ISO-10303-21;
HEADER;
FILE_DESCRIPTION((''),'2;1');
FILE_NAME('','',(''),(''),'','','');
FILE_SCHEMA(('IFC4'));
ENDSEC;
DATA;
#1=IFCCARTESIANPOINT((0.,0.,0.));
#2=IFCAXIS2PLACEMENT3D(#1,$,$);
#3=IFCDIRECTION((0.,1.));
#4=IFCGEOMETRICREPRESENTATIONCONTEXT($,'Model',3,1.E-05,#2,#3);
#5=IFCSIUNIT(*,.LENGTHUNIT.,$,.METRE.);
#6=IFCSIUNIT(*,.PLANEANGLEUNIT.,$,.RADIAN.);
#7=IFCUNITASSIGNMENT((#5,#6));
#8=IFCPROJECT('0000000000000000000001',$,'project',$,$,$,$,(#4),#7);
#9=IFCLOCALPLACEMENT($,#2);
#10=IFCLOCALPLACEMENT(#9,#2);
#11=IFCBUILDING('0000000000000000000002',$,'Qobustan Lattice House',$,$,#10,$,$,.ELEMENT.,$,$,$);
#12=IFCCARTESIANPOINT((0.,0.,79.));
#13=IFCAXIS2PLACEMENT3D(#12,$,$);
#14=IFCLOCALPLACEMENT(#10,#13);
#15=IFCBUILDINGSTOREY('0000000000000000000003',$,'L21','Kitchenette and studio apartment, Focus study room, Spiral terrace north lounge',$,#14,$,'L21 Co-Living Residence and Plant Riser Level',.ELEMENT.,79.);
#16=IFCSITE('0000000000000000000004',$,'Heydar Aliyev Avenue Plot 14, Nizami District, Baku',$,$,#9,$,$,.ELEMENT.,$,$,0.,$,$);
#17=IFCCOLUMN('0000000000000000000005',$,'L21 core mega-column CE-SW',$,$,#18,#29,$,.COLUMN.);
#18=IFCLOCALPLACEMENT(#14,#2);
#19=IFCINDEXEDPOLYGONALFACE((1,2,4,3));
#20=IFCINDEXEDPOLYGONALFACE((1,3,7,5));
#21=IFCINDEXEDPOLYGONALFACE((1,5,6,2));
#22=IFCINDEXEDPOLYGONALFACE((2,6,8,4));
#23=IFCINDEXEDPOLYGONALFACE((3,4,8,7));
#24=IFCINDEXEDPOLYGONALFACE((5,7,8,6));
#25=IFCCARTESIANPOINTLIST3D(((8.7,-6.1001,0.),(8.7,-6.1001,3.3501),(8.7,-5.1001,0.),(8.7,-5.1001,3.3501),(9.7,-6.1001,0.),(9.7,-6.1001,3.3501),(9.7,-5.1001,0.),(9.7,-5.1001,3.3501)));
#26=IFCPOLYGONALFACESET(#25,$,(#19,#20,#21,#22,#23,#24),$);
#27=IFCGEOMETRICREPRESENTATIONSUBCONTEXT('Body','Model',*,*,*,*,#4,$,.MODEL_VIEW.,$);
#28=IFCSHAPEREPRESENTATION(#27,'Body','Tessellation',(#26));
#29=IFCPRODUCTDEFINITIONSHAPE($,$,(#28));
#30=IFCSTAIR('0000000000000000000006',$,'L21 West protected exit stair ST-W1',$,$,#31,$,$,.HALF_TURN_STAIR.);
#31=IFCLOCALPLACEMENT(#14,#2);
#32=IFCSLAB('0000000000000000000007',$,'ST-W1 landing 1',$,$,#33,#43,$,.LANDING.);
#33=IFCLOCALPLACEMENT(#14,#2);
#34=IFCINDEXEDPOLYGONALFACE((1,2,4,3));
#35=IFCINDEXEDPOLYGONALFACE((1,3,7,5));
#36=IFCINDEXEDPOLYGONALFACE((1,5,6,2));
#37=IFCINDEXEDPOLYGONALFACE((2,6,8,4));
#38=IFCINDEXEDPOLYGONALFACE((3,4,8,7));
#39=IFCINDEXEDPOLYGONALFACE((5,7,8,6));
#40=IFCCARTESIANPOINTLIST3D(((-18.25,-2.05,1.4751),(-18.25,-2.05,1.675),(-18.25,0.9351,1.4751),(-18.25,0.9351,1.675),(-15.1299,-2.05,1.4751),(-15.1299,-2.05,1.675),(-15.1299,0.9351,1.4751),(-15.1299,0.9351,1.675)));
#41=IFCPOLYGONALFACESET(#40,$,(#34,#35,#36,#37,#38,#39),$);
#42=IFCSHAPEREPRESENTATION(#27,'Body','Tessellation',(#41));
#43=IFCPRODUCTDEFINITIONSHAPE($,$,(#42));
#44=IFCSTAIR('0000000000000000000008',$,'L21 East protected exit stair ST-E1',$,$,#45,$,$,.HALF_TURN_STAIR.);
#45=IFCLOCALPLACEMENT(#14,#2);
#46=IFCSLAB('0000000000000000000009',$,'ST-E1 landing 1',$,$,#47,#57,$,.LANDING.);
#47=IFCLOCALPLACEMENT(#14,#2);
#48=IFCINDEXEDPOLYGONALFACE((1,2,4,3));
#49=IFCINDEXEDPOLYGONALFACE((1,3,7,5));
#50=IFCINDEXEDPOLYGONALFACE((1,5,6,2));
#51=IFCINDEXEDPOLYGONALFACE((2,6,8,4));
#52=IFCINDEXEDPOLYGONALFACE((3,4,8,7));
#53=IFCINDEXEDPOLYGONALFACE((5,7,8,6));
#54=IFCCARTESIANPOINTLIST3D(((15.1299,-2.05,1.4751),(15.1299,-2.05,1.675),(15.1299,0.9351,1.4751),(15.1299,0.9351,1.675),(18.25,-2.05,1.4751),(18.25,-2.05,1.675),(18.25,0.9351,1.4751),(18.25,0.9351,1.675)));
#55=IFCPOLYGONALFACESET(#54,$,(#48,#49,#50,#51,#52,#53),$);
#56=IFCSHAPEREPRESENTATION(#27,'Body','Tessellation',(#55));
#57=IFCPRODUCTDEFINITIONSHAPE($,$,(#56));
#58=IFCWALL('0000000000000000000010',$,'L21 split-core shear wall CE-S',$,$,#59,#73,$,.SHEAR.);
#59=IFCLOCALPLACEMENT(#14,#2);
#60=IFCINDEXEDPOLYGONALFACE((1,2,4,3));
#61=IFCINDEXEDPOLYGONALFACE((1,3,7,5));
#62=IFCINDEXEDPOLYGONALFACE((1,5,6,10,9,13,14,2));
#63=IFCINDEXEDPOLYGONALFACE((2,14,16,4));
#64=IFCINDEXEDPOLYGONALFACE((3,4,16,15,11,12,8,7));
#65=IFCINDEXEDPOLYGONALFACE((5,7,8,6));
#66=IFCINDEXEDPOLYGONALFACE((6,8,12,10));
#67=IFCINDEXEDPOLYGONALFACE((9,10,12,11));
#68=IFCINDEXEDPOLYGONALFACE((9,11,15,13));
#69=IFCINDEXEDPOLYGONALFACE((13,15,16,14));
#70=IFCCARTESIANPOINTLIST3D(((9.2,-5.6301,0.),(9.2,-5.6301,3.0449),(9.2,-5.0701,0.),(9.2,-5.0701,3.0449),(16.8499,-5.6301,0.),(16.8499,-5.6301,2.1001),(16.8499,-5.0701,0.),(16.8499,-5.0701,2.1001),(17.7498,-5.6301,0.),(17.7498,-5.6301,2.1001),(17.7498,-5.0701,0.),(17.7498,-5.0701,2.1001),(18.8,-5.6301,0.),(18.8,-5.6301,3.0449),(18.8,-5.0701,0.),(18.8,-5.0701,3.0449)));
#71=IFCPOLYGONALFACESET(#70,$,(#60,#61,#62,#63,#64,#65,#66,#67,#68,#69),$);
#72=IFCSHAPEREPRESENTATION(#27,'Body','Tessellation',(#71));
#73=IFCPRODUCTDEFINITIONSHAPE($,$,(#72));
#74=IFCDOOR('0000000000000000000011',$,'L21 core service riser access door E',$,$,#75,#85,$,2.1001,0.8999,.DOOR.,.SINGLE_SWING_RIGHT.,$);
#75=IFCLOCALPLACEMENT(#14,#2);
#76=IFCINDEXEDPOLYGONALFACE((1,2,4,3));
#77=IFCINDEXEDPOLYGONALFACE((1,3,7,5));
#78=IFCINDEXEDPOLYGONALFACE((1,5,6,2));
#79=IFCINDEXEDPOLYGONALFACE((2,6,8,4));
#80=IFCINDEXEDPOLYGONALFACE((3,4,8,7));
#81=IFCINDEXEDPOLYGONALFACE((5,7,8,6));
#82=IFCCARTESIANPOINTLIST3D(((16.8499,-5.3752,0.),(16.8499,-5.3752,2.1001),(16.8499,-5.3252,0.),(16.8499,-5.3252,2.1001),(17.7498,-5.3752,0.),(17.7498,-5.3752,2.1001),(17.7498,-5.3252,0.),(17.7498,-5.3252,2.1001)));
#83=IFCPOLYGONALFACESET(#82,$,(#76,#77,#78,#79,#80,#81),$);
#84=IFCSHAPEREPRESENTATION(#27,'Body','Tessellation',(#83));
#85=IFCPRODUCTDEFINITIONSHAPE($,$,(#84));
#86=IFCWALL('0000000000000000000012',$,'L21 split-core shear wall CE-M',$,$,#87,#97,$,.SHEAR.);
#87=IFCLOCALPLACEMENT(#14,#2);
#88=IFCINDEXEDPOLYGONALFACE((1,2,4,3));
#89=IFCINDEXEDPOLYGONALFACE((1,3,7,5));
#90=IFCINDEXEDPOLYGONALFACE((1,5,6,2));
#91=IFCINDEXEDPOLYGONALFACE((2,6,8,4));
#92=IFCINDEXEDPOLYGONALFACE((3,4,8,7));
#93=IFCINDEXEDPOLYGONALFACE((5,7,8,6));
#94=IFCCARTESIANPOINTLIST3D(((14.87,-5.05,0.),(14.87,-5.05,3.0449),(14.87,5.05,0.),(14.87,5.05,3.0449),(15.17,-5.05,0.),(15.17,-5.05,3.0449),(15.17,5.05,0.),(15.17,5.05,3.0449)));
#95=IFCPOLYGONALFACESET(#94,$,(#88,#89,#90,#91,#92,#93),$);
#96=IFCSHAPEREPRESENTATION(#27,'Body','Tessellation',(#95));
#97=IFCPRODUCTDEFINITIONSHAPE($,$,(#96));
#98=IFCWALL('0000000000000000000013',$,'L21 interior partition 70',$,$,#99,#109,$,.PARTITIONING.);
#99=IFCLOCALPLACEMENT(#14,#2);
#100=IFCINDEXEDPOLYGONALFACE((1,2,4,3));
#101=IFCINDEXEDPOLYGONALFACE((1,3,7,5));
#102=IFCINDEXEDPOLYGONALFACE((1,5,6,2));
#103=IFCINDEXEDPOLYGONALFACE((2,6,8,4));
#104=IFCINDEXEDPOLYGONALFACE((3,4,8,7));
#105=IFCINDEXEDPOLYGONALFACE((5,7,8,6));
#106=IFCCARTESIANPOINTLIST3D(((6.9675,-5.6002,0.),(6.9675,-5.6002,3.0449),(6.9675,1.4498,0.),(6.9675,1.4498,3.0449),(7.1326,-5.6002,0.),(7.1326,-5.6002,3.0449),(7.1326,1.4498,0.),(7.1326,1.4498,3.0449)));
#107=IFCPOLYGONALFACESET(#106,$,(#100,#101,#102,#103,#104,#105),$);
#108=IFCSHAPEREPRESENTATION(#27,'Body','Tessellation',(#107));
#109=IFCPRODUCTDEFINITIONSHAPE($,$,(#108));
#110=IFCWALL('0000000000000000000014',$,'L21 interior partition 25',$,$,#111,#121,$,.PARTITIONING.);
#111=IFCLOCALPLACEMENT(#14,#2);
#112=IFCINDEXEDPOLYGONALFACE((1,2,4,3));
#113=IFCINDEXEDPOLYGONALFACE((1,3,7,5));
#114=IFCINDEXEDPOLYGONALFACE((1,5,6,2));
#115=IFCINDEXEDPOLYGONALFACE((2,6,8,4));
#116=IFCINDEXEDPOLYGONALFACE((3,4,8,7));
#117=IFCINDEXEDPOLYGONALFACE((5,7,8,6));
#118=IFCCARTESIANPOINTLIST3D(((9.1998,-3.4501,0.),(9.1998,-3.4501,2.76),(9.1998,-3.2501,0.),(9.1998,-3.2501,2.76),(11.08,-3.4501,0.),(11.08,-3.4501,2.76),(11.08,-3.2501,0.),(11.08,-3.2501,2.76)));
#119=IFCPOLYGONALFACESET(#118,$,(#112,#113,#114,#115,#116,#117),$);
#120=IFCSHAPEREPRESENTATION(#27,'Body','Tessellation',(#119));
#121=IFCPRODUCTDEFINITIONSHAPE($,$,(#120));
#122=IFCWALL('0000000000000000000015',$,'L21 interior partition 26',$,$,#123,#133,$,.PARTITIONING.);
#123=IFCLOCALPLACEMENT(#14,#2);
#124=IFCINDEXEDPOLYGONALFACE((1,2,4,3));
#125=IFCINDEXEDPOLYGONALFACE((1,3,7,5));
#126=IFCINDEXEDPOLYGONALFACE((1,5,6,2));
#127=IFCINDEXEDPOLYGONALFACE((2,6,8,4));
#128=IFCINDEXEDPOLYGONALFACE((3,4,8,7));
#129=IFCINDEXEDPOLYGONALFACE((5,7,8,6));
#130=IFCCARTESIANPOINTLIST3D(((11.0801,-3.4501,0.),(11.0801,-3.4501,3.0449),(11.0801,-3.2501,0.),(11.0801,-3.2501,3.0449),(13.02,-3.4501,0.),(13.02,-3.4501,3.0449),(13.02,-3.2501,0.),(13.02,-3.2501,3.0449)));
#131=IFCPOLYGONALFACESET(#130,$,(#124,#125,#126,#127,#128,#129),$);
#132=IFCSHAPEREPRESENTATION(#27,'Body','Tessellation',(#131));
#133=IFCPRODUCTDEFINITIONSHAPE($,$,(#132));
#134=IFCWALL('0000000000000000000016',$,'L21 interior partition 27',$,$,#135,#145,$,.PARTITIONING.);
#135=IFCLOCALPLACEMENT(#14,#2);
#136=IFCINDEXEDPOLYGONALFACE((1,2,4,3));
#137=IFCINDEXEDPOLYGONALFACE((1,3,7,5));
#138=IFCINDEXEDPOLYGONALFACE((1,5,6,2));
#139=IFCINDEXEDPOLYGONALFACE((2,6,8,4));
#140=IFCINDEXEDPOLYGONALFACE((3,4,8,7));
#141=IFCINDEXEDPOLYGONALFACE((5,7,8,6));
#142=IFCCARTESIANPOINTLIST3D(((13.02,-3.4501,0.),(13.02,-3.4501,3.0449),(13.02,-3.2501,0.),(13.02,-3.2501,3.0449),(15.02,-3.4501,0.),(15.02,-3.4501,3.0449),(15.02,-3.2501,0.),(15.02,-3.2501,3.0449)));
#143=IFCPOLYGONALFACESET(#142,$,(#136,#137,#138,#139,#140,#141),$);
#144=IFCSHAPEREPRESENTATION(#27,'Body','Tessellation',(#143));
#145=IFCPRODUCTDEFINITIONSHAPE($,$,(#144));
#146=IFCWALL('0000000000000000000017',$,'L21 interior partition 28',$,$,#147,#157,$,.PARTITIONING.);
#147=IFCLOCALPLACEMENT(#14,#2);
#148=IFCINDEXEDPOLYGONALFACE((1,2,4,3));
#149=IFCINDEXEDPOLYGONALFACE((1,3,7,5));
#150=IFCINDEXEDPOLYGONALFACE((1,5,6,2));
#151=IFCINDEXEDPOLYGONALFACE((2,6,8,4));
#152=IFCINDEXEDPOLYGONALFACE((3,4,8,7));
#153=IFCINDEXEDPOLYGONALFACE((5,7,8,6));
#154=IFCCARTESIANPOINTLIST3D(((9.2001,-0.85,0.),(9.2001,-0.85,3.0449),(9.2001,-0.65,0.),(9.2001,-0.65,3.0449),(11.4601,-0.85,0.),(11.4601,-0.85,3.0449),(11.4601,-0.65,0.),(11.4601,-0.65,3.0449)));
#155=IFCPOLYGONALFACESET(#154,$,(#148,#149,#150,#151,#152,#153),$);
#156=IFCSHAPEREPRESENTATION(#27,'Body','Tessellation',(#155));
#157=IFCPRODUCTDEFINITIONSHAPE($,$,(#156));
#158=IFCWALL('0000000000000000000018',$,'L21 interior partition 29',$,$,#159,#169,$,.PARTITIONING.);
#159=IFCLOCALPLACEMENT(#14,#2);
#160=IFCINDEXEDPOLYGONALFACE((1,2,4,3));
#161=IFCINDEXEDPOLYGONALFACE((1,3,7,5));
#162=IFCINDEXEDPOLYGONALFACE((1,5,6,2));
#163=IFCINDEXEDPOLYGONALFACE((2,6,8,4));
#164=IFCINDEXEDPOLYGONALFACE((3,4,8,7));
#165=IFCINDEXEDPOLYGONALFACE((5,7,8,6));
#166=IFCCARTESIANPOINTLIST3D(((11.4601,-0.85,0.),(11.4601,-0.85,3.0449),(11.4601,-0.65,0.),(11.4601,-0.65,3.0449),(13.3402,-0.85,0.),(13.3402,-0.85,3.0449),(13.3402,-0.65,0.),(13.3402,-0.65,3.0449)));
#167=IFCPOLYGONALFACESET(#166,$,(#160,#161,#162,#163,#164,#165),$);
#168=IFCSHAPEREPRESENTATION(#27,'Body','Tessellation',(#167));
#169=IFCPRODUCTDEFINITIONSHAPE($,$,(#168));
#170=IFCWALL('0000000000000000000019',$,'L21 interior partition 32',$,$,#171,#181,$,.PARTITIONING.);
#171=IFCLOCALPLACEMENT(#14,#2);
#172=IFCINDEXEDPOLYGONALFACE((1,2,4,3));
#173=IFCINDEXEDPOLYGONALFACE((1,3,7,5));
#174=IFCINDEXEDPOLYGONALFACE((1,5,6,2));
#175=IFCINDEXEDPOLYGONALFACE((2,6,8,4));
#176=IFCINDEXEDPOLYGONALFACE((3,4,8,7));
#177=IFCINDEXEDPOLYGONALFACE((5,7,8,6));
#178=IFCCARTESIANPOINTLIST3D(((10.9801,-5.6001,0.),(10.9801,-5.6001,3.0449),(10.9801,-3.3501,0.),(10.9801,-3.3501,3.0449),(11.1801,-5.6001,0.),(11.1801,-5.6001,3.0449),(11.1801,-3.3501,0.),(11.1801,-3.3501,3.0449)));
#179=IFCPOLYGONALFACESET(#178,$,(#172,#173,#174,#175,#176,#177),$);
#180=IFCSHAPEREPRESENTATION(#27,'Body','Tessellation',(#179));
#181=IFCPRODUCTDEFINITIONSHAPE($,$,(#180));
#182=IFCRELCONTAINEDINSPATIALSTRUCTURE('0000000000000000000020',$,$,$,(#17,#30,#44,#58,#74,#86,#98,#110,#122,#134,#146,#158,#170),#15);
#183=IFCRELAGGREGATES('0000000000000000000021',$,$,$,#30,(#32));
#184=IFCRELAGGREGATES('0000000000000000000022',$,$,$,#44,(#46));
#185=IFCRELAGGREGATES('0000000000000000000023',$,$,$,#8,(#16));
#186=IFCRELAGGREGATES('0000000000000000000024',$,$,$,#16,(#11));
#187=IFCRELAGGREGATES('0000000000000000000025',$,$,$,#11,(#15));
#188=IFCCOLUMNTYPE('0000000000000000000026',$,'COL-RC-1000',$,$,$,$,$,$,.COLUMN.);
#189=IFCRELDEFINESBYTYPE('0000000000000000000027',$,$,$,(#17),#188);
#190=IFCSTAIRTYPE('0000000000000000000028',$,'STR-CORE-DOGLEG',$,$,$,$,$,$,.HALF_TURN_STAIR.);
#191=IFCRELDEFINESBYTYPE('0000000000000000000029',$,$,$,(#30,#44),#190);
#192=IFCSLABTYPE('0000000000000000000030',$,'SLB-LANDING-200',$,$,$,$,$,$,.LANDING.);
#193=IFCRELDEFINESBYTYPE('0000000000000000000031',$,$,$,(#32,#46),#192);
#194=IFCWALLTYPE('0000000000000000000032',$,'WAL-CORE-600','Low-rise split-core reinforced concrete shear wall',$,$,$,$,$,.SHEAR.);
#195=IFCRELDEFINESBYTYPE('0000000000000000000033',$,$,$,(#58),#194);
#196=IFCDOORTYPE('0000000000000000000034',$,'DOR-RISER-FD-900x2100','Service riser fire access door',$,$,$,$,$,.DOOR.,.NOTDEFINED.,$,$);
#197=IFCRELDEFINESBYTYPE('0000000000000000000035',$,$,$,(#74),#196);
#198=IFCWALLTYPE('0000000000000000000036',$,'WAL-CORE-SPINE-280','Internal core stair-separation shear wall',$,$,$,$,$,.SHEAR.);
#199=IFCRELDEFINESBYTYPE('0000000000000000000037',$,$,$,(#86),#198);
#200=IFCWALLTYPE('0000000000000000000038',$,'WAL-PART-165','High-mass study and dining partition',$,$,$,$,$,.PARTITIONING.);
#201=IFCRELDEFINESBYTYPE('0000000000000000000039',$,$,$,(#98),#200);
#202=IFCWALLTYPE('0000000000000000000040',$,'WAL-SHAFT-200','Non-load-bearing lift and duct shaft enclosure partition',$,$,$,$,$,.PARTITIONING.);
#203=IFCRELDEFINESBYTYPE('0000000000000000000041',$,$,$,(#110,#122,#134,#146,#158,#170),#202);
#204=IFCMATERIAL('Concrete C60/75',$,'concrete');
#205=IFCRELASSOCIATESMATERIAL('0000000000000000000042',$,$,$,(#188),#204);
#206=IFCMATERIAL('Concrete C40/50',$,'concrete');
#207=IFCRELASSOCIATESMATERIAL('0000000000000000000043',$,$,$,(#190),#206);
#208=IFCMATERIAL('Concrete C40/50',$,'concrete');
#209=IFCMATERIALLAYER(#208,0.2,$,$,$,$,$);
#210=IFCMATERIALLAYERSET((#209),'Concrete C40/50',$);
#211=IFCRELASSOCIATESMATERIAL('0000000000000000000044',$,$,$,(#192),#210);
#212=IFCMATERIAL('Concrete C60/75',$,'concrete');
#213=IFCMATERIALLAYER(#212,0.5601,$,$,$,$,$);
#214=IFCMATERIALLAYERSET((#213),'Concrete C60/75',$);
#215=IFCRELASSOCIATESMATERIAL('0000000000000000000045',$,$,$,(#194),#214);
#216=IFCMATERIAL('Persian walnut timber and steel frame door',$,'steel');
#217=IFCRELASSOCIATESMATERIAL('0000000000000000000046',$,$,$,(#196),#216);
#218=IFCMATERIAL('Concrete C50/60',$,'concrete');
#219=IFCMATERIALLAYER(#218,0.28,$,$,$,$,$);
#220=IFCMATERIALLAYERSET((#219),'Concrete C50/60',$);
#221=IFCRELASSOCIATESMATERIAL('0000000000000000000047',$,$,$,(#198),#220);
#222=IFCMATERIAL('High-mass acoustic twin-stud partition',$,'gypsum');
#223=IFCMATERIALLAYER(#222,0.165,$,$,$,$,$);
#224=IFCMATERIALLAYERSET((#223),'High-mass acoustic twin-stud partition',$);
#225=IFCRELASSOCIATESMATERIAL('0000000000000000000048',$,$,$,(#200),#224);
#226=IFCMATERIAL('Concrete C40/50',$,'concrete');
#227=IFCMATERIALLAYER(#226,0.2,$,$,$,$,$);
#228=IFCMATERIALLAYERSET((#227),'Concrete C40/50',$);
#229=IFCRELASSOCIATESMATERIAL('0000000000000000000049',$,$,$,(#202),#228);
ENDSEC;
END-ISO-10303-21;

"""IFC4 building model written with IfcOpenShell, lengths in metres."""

from ifc_helpers import new_model, si_unit, direction, frame, frame_2d, origin, origin_2d, place, context, subcontext, project, spatial, polyline, rectangle, outline, extrude, material, layer, layer_set, material_profile, profile_set, type_object, element, fill, aggregate, save


model = new_model("IFC4")

# Units and contexts
model_context = context("Model", 3, precision=1e-05, world=origin(), true_north=direction((0.0, 1.0)))
body_context = subcontext(model_context, "Body", "Model", "MODEL_VIEW")
ifc_project = project(units=[si_unit("LENGTHUNIT", "METRE"), si_unit("PLANEANGLEUNIT", "RADIAN")], contexts=[model_context])

# Site, building, storey
site_placement = place(None, origin())
site = spatial("IfcSite", under=ifc_project, at=site_placement, Name="Heydar Aliyev Avenue Plot 14, Nizami District, Baku", CompositionType="ELEMENT", RefElevation=0.0)
building_placement = place(site_placement, origin())
building = spatial("IfcBuilding", under=site, at=building_placement, Name="Qobustan Lattice House", CompositionType="ELEMENT")
storey_placement = place(building_placement, frame((0.0, 0.0, 79.0)))
storey = spatial("IfcBuildingStorey", under=building, at=storey_placement, Name="L21", Description="Kitchenette and studio apartment, Focus study room, Spiral terrace north lounge", LongName="L21 Co-Living Residence and Plant Riser Level", CompositionType="ELEMENT", Elevation=79.0)

# Column
ifc_material_1 = material(Name="Concrete C60/75", Category="concrete")
ifc_material_profile = material_profile(ifc_material_1, rectangle(XDim=1.0, YDim=1.0, at=origin_2d()), Name="RC1000x1000")
ifc_profile_set = profile_set([ifc_material_profile], Name="Concrete C60/75")
column_type = type_object("IfcColumnType", Name="COL-RC-1000", PredefinedType="COLUMN", material=ifc_profile_set)
column_placement = place(storey_placement, frame((9.2, -5.6001, 0.0), z_axis=(0.0, 0.0, 1.0), x_axis=(1.0, 0.0, 0.0)))
element("IfcColumn", 1, at=column_placement, inside=storey, type_object=column_type, Name="L21 core mega-column CE-SW", PredefinedType="COLUMN", context=body_context, shape_type="SweptSolid", body=[
    extrude(rectangle(XDim=1.0, YDim=1.0, at=origin_2d()), origin(), (0.0, 0.0, 1.0), 3.3501),
])

# Stairs, slabs
ifc_material_2 = material(Name="Concrete C40/50", Category="concrete")
stair_type = type_object("IfcStairType", Name="STR-CORE-DOGLEG", PredefinedType="HALF_TURN_STAIR", material=ifc_material_2)
stair_1_placement = place(storey_placement, origin())
stair_1 = element("IfcStair", 2, at=stair_1_placement, inside=storey, type_object=stair_type, Name="L21 West protected exit stair ST-W1", PredefinedType="HALF_TURN_STAIR")
ifc_material_3 = material(Name="Concrete C40/50", Category="concrete")
ifc_layer_1 = layer(ifc_material_3, 0.2)
ifc_layer_set_1 = layer_set([ifc_layer_1], Name="Concrete C40/50")
slab_type = type_object("IfcSlabType", Name="SLB-LANDING-200", PredefinedType="LANDING", material=ifc_layer_set_1)
slab_1_placement = place(storey_placement, frame((0.0, 0.0, 1.4751)))
slab_1 = element("IfcSlab", 3, at=slab_1_placement, type_object=slab_type, Name="ST-W1 landing 1", PredefinedType="LANDING", context=body_context, shape_type="SweptSolid", body=[
    extrude(outline(polyline([(-18.25, 0.9351), (-18.25, -2.05), (-15.1299, -2.05), (-15.1299, 0.9351), (-18.25, 0.9351)])), origin(), (0.0, 0.0, 1.0), 0.2),
])
aggregate(stair_1, [slab_1])
stair_2_placement = place(storey_placement, origin())
stair_2 = element("IfcStair", 4, at=stair_2_placement, inside=storey, type_object=stair_type, Name="L21 East protected exit stair ST-E1", PredefinedType="HALF_TURN_STAIR")
slab_2_placement = place(storey_placement, frame((0.0, 0.0, 1.4751)))
slab_2 = element("IfcSlab", 5, at=slab_2_placement, type_object=slab_type, Name="ST-E1 landing 1", PredefinedType="LANDING", context=body_context, shape_type="SweptSolid", body=[
    extrude(outline(polyline([(15.1299, 0.9351), (15.1299, -2.05), (18.25, -2.05), (18.25, 0.9351), (15.1299, 0.9351)])), origin(), (0.0, 0.0, 1.0), 0.2),
])
aggregate(stair_2, [slab_2])

# Wall, opening, door
ifc_material_4 = material(Name="Concrete C60/75", Category="concrete")
ifc_layer_2 = layer(ifc_material_4, 0.5601)
ifc_layer_set_2 = layer_set([ifc_layer_2], Name="Concrete C60/75")
wall_type_1 = type_object("IfcWallType", Name="WAL-CORE-600", Description="Low-rise split-core reinforced concrete shear wall", PredefinedType="SHEAR", material=ifc_layer_set_2)
wall_1_placement = place(storey_placement, frame((9.2, -5.3501, 0.0), z_axis=(0.0, 0.0, 1.0), x_axis=(1.0, 0.0, 0.0)))
wall_1 = element("IfcWall", 6, at=wall_1_placement, inside=storey, type_object=wall_type_1, Name="L21 split-core shear wall CE-S", PredefinedType="SHEAR", context=body_context, shape_type="SweptSolid", body=[
    extrude(rectangle(XDim=9.6001, YDim=0.5601, at=frame_2d((4.8, 0.0))), origin(), (0.0, 0.0, 1.0), 3.0449),
])
opening_1_placement = place(wall_1_placement, frame((7.6499, 0.0, 0.0)))
opening_1 = element("IfcOpeningElement", 7, at=opening_1_placement, cuts=wall_1, PredefinedType="OPENING", context=body_context, shape_type="SweptSolid", body=[
    extrude(rectangle(XDim=0.8999, YDim=2.1001, at=frame_2d((0.45, 1.05))), frame((0.0, 0.29, 0.0), z_axis=(0.0, -1.0, 0.0), x_axis=(1.0, 0.0, 0.0)), (0.0, 0.0, 1.0), 0.5801),
])
ifc_material_5 = material(Name="Persian walnut timber and steel frame door", Category="steel")
door_type_1 = type_object("IfcDoorType", Name="DOR-RISER-FD-900x2100", Description="Service riser fire access door", OperationType="NOTDEFINED", PredefinedType="DOOR", material=ifc_material_5)
door_1_placement = place(opening_1_placement, origin())
door_1 = element("IfcDoor", 8, at=door_1_placement, inside=storey, type_object=door_type_1, Name="L21 core service riser access door E", OperationType="SINGLE_SWING_RIGHT", OverallHeight=2.1001, OverallWidth=0.8999, PredefinedType="DOOR", context=body_context, shape_type="SweptSolid", body=[
    extrude(rectangle(XDim=0.8999, YDim=2.1001, at=frame_2d((0.45, 1.05))), frame((0.0, 0.0249, 0.0), z_axis=(0.0, -1.0, 0.0), x_axis=(1.0, 0.0, 0.0)), (0.0, 0.0, 1.0), 0.05),
])
fill(opening_1, door_1)

# Walls
ifc_material_6 = material(Name="Concrete C50/60", Category="concrete")
ifc_layer_3 = layer(ifc_material_6, 0.28)
ifc_layer_set_3 = layer_set([ifc_layer_3], Name="Concrete C50/60")
wall_type_2 = type_object("IfcWallType", Name="WAL-CORE-SPINE-280", Description="Internal core stair-separation shear wall", PredefinedType="SHEAR", material=ifc_layer_set_3)
wall_2_placement = place(storey_placement, frame((15.02, -5.05, 0.0), z_axis=(0.0, 0.0, 1.0), x_axis=(0.0, 1.0, 0.0)))
element("IfcWall", 9, at=wall_2_placement, inside=storey, type_object=wall_type_2, Name="L21 split-core shear wall CE-M", PredefinedType="SHEAR", context=body_context, shape_type="SweptSolid", body=[
    extrude(rectangle(XDim=10.1001, YDim=0.3, at=frame_2d((5.05, 0.0))), origin(), (0.0, 0.0, 1.0), 3.0449),
])
ifc_material_7 = material(Name="High-mass acoustic twin-stud partition", Category="gypsum")
ifc_layer_4 = layer(ifc_material_7, 0.165)
ifc_layer_set_4 = layer_set([ifc_layer_4], Name="High-mass acoustic twin-stud partition")
wall_type_3 = type_object("IfcWallType", Name="WAL-PART-165", Description="High-mass study and dining partition", PredefinedType="PARTITIONING", material=ifc_layer_set_4)
wall_3_placement = place(storey_placement, frame((7.05, -5.6001, 0.0), z_axis=(0.0, 0.0, 1.0), x_axis=(0.0, 1.0, 0.0)))
element("IfcWall", 10, at=wall_3_placement, inside=storey, type_object=wall_type_3, Name="L21 interior partition 70", PredefinedType="PARTITIONING", context=body_context, shape_type="SweptSolid", body=[
    extrude(rectangle(XDim=7.05, YDim=0.165, at=frame_2d((3.5249, 0.0))), origin(), (0.0, 0.0, 1.0), 3.0449),
])
ifc_material_8 = material(Name="Concrete C40/50", Category="concrete")
ifc_layer_5 = layer(ifc_material_8, 0.2)
ifc_layer_set_5 = layer_set([ifc_layer_5], Name="Concrete C40/50")
wall_type_4 = type_object("IfcWallType", Name="WAL-SHAFT-200", Description="Non-load-bearing lift and duct shaft enclosure partition", PredefinedType="PARTITIONING", material=ifc_layer_set_5)
wall_4_placement = place(storey_placement, frame((9.2, -3.3501, 0.0), z_axis=(0.0, 0.0, 1.0), x_axis=(1.0, 0.0, 0.0)))
element("IfcWall", 11, at=wall_4_placement, inside=storey, type_object=wall_type_4, Name="L21 interior partition 25", PredefinedType="PARTITIONING", context=body_context, shape_type="SweptSolid", body=[
    extrude(rectangle(XDim=1.8801, YDim=0.2, at=frame_2d((0.9399, 0.0))), origin(), (0.0, 0.0, 1.0), 2.76),
])
wall_5_placement = place(storey_placement, frame((11.0801, -3.3501, 0.0), z_axis=(0.0, 0.0, 1.0), x_axis=(1.0, 0.0, 0.0)))
element("IfcWall", 12, at=wall_5_placement, inside=storey, type_object=wall_type_4, Name="L21 interior partition 26", PredefinedType="PARTITIONING", context=body_context, shape_type="SweptSolid", body=[
    extrude(rectangle(XDim=1.9399, YDim=0.2, at=frame_2d((0.97, 0.0))), origin(), (0.0, 0.0, 1.0), 3.0449),
])
wall_6_placement = place(storey_placement, frame((13.02, -3.3501, 0.0), z_axis=(0.0, 0.0, 1.0), x_axis=(1.0, 0.0, 0.0)))
element("IfcWall", 13, at=wall_6_placement, inside=storey, type_object=wall_type_4, Name="L21 interior partition 27", PredefinedType="PARTITIONING", context=body_context, shape_type="SweptSolid", body=[
    extrude(rectangle(XDim=2.0, YDim=0.2, at=frame_2d((1.0, 0.0))), origin(), (0.0, 0.0, 1.0), 3.0449),
])
wall_7_placement = place(storey_placement, frame((11.46, -0.75, 0.0), z_axis=(0.0, 0.0, 1.0), x_axis=(-1.0, 0.0, 0.0)))
element("IfcWall", 14, at=wall_7_placement, inside=storey, type_object=wall_type_4, Name="L21 interior partition 28", PredefinedType="PARTITIONING", context=body_context, shape_type="SweptSolid", body=[
    extrude(rectangle(XDim=2.26, YDim=0.2, at=frame_2d((1.1299, 0.0))), origin(), (0.0, 0.0, 1.0), 3.0449),
])
wall_8_placement = place(storey_placement, frame((13.3401, -0.75, 0.0), z_axis=(0.0, 0.0, 1.0), x_axis=(-1.0, 0.0, 0.0)))
element("IfcWall", 15, at=wall_8_placement, inside=storey, type_object=wall_type_4, Name="L21 interior partition 29", PredefinedType="PARTITIONING", context=body_context, shape_type="SweptSolid", body=[
    extrude(rectangle(XDim=1.8801, YDim=0.2, at=frame_2d((0.9399, 0.0))), origin(), (0.0, 0.0, 1.0), 3.0449),
])
for number, where, z_axis, x_axis, name in (
    (16, (11.0801, -5.6001, 0.0), (0.0, 0.0, 1.0), (0.0, 1.0, 0.0), "L21 interior partition 32"),
):
    element("IfcWall", number, at=place(storey_placement, frame(where, z_axis=z_axis, x_axis=x_axis)), inside=storey, type_object=wall_type_4, Name=name, PredefinedType="PARTITIONING", context=body_context, shape_type="SweptSolid", body=[
        extrude(rectangle(XDim=2.25, YDim=0.2, at=frame_2d((1.125, 0.0))), origin(), (0.0, 0.0, 1.0), 3.0449),
    ])

save(model, "model.ifc")
